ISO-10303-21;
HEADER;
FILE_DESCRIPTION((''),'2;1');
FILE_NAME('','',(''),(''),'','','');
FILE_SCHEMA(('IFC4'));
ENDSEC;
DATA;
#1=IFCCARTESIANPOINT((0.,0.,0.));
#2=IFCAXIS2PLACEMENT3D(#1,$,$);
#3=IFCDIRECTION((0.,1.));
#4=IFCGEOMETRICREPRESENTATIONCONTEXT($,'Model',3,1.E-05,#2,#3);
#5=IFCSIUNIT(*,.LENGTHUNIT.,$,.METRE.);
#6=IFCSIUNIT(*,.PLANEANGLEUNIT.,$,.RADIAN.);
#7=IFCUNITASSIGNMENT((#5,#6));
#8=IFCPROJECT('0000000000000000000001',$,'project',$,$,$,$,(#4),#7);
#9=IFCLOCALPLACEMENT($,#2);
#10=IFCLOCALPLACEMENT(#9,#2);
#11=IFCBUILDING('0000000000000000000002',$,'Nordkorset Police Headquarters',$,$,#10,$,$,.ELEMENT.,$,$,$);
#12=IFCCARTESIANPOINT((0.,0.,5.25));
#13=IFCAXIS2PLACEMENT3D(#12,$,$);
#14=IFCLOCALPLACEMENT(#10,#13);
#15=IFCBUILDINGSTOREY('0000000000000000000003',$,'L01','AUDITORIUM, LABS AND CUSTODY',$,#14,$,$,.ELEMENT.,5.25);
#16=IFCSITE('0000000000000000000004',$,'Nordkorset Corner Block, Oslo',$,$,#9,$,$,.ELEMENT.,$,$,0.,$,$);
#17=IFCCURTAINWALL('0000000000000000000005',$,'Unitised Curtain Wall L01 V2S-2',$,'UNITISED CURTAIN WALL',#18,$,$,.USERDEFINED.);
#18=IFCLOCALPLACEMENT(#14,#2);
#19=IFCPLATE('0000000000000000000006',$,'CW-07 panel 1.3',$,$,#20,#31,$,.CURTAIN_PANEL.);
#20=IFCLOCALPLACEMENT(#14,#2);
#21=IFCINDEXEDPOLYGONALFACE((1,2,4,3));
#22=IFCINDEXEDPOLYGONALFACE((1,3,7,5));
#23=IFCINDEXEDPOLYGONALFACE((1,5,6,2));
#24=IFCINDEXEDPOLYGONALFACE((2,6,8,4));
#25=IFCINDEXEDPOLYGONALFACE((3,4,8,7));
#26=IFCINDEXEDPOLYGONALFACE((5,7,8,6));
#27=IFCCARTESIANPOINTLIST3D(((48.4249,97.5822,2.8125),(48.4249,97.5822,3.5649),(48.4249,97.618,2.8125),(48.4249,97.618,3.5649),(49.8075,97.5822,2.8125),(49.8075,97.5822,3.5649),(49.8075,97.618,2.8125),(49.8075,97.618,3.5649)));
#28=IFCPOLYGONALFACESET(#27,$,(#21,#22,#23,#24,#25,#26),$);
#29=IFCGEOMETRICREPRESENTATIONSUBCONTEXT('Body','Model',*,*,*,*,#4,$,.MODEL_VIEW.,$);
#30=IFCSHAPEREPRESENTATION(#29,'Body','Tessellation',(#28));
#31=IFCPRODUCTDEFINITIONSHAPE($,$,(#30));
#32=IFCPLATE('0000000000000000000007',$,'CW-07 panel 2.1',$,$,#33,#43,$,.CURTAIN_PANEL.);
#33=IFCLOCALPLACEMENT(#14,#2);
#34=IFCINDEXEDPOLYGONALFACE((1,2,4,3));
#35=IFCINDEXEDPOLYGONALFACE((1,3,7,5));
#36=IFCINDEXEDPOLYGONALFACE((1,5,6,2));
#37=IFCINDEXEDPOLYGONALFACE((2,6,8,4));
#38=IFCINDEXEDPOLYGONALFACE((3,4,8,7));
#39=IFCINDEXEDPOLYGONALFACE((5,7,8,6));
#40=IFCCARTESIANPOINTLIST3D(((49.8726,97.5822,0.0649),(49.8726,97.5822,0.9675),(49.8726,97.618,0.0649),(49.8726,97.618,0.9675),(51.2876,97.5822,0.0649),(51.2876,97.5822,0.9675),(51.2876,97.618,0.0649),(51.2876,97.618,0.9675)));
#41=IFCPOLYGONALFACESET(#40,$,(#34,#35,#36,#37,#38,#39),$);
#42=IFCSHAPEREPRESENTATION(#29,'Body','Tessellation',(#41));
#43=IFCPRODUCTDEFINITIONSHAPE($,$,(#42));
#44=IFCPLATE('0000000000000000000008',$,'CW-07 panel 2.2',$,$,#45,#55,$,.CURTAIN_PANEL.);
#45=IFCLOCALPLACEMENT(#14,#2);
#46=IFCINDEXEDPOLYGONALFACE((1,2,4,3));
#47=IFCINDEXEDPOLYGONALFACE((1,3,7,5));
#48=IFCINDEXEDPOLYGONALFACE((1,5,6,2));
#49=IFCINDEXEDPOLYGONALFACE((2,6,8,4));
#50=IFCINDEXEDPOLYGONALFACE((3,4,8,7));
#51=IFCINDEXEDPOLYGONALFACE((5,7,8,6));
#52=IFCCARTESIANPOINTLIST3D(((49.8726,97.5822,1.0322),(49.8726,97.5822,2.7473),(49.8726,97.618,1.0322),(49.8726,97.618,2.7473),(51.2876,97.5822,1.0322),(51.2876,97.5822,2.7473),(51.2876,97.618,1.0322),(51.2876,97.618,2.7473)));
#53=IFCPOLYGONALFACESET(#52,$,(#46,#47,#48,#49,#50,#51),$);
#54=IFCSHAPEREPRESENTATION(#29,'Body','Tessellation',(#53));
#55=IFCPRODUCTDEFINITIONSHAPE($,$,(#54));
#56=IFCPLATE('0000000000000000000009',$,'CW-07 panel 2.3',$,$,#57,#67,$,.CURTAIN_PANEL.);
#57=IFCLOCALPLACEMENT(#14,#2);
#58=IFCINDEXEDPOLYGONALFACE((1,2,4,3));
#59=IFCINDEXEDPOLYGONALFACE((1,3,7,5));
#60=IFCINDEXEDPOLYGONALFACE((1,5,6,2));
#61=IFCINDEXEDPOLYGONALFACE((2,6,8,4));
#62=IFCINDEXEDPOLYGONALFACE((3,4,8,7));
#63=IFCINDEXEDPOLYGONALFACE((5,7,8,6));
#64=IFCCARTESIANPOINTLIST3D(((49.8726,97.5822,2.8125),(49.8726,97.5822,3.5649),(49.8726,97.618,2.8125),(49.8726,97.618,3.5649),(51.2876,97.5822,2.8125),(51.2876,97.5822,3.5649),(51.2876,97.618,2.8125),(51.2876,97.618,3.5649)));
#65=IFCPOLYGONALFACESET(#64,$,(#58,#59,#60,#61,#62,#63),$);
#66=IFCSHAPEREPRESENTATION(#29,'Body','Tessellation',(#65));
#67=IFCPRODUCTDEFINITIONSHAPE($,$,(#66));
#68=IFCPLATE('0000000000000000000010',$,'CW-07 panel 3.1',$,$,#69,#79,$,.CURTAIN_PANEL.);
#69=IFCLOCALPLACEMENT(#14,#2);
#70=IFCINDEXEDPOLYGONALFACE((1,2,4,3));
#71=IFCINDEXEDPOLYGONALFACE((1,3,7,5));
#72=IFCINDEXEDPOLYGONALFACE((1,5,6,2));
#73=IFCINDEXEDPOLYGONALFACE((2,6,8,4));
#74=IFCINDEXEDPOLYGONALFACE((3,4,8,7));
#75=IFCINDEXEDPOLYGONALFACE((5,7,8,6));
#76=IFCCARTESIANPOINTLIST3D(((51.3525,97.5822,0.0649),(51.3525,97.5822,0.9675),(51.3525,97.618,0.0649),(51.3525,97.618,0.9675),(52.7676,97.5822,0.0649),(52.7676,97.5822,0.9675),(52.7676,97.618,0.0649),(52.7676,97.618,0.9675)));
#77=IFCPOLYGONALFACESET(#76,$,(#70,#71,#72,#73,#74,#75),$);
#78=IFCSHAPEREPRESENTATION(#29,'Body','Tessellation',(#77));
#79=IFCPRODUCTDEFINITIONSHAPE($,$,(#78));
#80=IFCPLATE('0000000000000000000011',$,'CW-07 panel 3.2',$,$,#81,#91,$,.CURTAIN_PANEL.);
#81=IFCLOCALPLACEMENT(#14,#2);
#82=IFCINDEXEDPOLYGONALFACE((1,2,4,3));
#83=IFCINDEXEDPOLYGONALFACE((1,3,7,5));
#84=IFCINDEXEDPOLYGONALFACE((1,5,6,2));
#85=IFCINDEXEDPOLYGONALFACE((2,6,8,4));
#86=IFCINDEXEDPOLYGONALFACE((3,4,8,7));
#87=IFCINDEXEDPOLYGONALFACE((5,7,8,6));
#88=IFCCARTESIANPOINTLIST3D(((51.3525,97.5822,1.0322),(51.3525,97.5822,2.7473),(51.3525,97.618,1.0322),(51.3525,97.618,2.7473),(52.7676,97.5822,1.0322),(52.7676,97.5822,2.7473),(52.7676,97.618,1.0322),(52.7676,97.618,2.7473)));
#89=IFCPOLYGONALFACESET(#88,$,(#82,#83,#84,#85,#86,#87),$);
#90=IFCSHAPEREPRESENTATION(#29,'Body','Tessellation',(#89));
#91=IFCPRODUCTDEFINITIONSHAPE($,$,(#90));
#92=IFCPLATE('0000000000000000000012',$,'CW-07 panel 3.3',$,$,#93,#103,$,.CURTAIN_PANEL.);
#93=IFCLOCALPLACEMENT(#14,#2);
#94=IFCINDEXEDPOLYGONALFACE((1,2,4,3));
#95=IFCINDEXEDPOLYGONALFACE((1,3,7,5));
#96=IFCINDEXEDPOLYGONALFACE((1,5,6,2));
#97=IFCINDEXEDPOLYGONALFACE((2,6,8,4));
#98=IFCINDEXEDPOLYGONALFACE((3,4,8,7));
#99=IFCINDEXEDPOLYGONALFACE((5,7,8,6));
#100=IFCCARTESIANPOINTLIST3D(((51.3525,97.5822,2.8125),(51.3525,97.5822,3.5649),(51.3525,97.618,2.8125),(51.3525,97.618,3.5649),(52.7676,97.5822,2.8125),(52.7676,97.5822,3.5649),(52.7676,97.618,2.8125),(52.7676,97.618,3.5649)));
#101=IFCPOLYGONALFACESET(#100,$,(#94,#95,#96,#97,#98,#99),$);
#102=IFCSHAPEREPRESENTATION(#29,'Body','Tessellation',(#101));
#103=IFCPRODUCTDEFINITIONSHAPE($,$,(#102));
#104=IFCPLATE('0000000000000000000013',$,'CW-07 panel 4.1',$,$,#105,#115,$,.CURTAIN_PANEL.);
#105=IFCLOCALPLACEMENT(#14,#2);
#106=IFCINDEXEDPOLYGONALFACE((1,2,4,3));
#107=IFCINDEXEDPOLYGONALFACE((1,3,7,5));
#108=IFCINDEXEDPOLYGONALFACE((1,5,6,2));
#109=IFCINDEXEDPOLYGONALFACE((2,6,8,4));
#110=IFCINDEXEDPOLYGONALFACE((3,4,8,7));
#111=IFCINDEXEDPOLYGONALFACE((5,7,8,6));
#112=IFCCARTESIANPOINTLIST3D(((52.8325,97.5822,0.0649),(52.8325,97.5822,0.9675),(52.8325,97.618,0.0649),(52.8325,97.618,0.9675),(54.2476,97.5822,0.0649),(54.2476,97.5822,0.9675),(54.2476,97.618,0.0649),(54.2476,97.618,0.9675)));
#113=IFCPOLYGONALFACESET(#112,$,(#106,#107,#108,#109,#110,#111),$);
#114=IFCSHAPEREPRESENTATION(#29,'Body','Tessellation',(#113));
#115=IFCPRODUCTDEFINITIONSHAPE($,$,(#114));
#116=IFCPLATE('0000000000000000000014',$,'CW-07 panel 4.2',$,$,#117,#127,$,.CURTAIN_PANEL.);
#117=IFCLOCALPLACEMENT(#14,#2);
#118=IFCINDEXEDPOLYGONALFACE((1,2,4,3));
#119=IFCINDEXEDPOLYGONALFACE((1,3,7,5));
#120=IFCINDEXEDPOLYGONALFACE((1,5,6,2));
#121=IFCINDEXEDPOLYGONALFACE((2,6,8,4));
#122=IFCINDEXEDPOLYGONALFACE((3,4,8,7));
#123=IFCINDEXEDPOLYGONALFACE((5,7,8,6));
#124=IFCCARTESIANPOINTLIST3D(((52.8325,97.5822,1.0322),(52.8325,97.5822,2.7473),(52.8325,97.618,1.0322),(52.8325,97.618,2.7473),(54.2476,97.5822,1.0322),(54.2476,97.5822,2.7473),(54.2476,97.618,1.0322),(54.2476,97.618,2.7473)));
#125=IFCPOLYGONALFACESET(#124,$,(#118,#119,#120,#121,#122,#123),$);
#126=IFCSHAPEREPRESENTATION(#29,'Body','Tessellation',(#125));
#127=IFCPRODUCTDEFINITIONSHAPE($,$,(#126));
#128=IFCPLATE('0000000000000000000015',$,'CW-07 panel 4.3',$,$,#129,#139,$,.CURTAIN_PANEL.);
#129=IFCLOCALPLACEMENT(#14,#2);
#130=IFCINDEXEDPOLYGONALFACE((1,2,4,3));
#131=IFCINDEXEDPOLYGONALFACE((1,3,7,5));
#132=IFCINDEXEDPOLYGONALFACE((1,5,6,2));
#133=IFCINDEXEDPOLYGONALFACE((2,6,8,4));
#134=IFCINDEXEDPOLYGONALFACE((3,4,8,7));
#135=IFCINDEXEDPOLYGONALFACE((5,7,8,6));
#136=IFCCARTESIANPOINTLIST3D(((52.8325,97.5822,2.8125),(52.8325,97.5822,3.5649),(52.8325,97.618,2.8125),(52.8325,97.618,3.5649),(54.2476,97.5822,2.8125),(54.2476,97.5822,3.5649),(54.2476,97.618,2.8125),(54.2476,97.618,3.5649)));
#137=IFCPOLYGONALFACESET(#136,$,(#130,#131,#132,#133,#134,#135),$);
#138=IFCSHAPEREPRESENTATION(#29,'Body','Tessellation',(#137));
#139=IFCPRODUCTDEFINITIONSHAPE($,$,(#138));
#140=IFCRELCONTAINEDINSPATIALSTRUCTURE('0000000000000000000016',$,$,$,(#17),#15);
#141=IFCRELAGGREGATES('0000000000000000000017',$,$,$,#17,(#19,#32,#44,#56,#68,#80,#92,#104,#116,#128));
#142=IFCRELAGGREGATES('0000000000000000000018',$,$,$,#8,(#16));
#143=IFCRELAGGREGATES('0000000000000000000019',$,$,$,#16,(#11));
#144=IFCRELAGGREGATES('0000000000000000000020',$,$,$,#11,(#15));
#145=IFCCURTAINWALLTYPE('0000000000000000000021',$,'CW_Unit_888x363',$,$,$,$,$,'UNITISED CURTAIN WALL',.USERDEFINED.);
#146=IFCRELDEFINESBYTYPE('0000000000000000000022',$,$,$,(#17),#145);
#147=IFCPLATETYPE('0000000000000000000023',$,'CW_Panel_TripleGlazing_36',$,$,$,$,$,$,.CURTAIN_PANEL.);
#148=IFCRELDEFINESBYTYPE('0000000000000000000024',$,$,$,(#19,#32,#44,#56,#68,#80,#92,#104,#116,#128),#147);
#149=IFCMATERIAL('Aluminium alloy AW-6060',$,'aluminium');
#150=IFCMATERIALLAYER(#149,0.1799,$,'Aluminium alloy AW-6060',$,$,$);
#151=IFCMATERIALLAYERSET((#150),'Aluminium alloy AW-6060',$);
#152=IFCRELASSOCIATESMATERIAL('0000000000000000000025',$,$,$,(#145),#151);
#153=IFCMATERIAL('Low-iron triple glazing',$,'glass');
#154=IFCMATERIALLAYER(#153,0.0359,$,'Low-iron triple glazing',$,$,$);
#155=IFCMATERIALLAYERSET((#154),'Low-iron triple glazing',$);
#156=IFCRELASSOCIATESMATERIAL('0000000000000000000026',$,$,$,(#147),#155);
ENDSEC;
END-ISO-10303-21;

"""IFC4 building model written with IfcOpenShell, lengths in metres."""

from ifc_helpers import new_model, si_unit, direction, frame, origin, origin_2d, place, context, subcontext, project, spatial, rectangle, extrude, material, layer, layer_set, type_object, element, aggregate, save


model = new_model("IFC4")

# Units and contexts
model_context = context("Model", 3, precision=1e-05, world=origin(), true_north=direction((0.0, 1.0)))
body_context = subcontext(model_context, "Body", "Model", "MODEL_VIEW")
ifc_project = project(units=[si_unit("LENGTHUNIT", "METRE"), si_unit("PLANEANGLEUNIT", "RADIAN")], contexts=[model_context])

# Site, building, storey
site_placement = place(None, origin())
site = spatial("IfcSite", under=ifc_project, at=site_placement, Name="Nordkorset Corner Block, Oslo", CompositionType="ELEMENT", RefElevation=0.0)
building_placement = place(site_placement, origin())
building = spatial("IfcBuilding", under=site, at=building_placement, Name="Nordkorset Police Headquarters", CompositionType="ELEMENT")
storey_placement = place(building_placement, frame((0.0, 0.0, 5.25)))
storey = spatial("IfcBuildingStorey", under=building, at=storey_placement, Name="L01", Description="AUDITORIUM, LABS AND CUSTODY", CompositionType="ELEMENT", Elevation=5.25)

# Curtain wall, plates
ifc_material_1 = material(Name="Aluminium alloy AW-6060", Category="aluminium")
ifc_layer_1 = layer(ifc_material_1, 0.1799, Name="Aluminium alloy AW-6060")
ifc_layer_set_1 = layer_set([ifc_layer_1], Name="Aluminium alloy AW-6060")
curtain_wall_type = type_object("IfcCurtainWallType", Name="CW_Unit_888x363", ElementType="UNITISED CURTAIN WALL", PredefinedType="USERDEFINED", material=ifc_layer_set_1)
curtain_wall_placement = place(storey_placement, origin())
curtain_wall = element("IfcCurtainWall", 1, at=curtain_wall_placement, inside=storey, type_object=curtain_wall_type, Name="Unitised Curtain Wall L01 V2S-2", ObjectType="UNITISED CURTAIN WALL", PredefinedType="USERDEFINED")
ifc_material_2 = material(Name="Low-iron triple glazing", Category="glass")
ifc_layer_2 = layer(ifc_material_2, 0.0359, Name="Low-iron triple glazing")
ifc_layer_set_2 = layer_set([ifc_layer_2], Name="Low-iron triple glazing")
plate_type = type_object("IfcPlateType", Name="CW_Panel_TripleGlazing_36", PredefinedType="CURTAIN_PANEL", material=ifc_layer_set_2)
plate_1_placement = place(storey_placement, frame((49.1162, 97.6001, 2.8125), z_axis=(0.0, 0.0, 1.0), x_axis=(1.0, 0.0, 0.0)))
plate_1 = element("IfcPlate", 2, at=plate_1_placement, type_object=plate_type, Name="CW-07 panel 1.3", PredefinedType="CURTAIN_PANEL", context=body_context, shape_type="SweptSolid", body=[
    extrude(rectangle(XDim=1.3826, YDim=0.0359, at=origin_2d()), origin(), (0.0, 0.0, 1.0), 0.7524),
])
plate_2_placement = place(storey_placement, frame((50.5801, 97.6001, 0.0649), z_axis=(0.0, 0.0, 1.0), x_axis=(1.0, 0.0, 0.0)))
plate_2 = element("IfcPlate", 3, at=plate_2_placement, type_object=plate_type, Name="CW-07 panel 2.1", PredefinedType="CURTAIN_PANEL", context=body_context, shape_type="SweptSolid", body=[
    extrude(rectangle(XDim=1.415, YDim=0.0359, at=origin_2d()), origin(), (0.0, 0.0, 1.0), 0.9026),
])
plate_3_placement = place(storey_placement, frame((50.5801, 97.6001, 1.0322), z_axis=(0.0, 0.0, 1.0), x_axis=(1.0, 0.0, 0.0)))
plate_3 = element("IfcPlate", 4, at=plate_3_placement, type_object=plate_type, Name="CW-07 panel 2.2", PredefinedType="CURTAIN_PANEL", context=body_context, shape_type="SweptSolid", body=[
    extrude(rectangle(XDim=1.415, YDim=0.0359, at=origin_2d()), origin(), (0.0, 0.0, 1.0), 1.7151),
])
plate_4_placement = place(storey_placement, frame((50.5801, 97.6001, 2.8125), z_axis=(0.0, 0.0, 1.0), x_axis=(1.0, 0.0, 0.0)))
plate_4 = element("IfcPlate", 5, at=plate_4_placement, type_object=plate_type, Name="CW-07 panel 2.3", PredefinedType="CURTAIN_PANEL", context=body_context, shape_type="SweptSolid", body=[
    extrude(rectangle(XDim=1.415, YDim=0.0359, at=origin_2d()), origin(), (0.0, 0.0, 1.0), 0.7524),
])
plate_5_placement = place(storey_placement, frame((52.0601, 97.6001, 0.0649), z_axis=(0.0, 0.0, 1.0), x_axis=(1.0, 0.0, 0.0)))
plate_5 = element("IfcPlate", 6, at=plate_5_placement, type_object=plate_type, Name="CW-07 panel 3.1", PredefinedType="CURTAIN_PANEL", context=body_context, shape_type="SweptSolid", body=[
    extrude(rectangle(XDim=1.415, YDim=0.0359, at=origin_2d()), origin(), (0.0, 0.0, 1.0), 0.9026),
])
plate_6_placement = place(storey_placement, frame((52.0601, 97.6001, 1.0322), z_axis=(0.0, 0.0, 1.0), x_axis=(1.0, 0.0, 0.0)))
plate_6 = element("IfcPlate", 7, at=plate_6_placement, type_object=plate_type, Name="CW-07 panel 3.2", PredefinedType="CURTAIN_PANEL", context=body_context, shape_type="SweptSolid", body=[
    extrude(rectangle(XDim=1.415, YDim=0.0359, at=origin_2d()), origin(), (0.0, 0.0, 1.0), 1.7151),
])
plate_7_placement = place(storey_placement, frame((52.0601, 97.6001, 2.8125), z_axis=(0.0, 0.0, 1.0), x_axis=(1.0, 0.0, 0.0)))
plate_7 = element("IfcPlate", 8, at=plate_7_placement, type_object=plate_type, Name="CW-07 panel 3.3", PredefinedType="CURTAIN_PANEL", context=body_context, shape_type="SweptSolid", body=[
    extrude(rectangle(XDim=1.415, YDim=0.0359, at=origin_2d()), origin(), (0.0, 0.0, 1.0), 0.7524),
])
plate_8_placement = place(storey_placement, frame((53.54, 97.6001, 0.0649), z_axis=(0.0, 0.0, 1.0), x_axis=(1.0, 0.0, 0.0)))
plate_8 = element("IfcPlate", 9, at=plate_8_placement, type_object=plate_type, Name="CW-07 panel 4.1", PredefinedType="CURTAIN_PANEL", context=body_context, shape_type="SweptSolid", body=[
    extrude(rectangle(XDim=1.415, YDim=0.0359, at=origin_2d()), origin(), (0.0, 0.0, 1.0), 0.9026),
])
plate_9_placement = place(storey_placement, frame((53.54, 97.6001, 1.0322), z_axis=(0.0, 0.0, 1.0), x_axis=(1.0, 0.0, 0.0)))
plate_9 = element("IfcPlate", 10, at=plate_9_placement, type_object=plate_type, Name="CW-07 panel 4.2", PredefinedType="CURTAIN_PANEL", context=body_context, shape_type="SweptSolid", body=[
    extrude(rectangle(XDim=1.415, YDim=0.0359, at=origin_2d()), origin(), (0.0, 0.0, 1.0), 1.7151),
])
plate_10_placement = place(storey_placement, frame((53.54, 97.6001, 2.8125), z_axis=(0.0, 0.0, 1.0), x_axis=(1.0, 0.0, 0.0)))
plate_10 = element("IfcPlate", 11, at=plate_10_placement, type_object=plate_type, Name="CW-07 panel 4.3", PredefinedType="CURTAIN_PANEL", context=body_context, shape_type="SweptSolid", body=[
    extrude(rectangle(XDim=1.415, YDim=0.0359, at=origin_2d()), origin(), (0.0, 0.0, 1.0), 0.7524),
])
aggregate(curtain_wall, [plate_1, plate_2, plate_3, plate_4, plate_5, plate_6, plate_7, plate_8, plate_9, plate_10])

save(model, "model.ifc")
